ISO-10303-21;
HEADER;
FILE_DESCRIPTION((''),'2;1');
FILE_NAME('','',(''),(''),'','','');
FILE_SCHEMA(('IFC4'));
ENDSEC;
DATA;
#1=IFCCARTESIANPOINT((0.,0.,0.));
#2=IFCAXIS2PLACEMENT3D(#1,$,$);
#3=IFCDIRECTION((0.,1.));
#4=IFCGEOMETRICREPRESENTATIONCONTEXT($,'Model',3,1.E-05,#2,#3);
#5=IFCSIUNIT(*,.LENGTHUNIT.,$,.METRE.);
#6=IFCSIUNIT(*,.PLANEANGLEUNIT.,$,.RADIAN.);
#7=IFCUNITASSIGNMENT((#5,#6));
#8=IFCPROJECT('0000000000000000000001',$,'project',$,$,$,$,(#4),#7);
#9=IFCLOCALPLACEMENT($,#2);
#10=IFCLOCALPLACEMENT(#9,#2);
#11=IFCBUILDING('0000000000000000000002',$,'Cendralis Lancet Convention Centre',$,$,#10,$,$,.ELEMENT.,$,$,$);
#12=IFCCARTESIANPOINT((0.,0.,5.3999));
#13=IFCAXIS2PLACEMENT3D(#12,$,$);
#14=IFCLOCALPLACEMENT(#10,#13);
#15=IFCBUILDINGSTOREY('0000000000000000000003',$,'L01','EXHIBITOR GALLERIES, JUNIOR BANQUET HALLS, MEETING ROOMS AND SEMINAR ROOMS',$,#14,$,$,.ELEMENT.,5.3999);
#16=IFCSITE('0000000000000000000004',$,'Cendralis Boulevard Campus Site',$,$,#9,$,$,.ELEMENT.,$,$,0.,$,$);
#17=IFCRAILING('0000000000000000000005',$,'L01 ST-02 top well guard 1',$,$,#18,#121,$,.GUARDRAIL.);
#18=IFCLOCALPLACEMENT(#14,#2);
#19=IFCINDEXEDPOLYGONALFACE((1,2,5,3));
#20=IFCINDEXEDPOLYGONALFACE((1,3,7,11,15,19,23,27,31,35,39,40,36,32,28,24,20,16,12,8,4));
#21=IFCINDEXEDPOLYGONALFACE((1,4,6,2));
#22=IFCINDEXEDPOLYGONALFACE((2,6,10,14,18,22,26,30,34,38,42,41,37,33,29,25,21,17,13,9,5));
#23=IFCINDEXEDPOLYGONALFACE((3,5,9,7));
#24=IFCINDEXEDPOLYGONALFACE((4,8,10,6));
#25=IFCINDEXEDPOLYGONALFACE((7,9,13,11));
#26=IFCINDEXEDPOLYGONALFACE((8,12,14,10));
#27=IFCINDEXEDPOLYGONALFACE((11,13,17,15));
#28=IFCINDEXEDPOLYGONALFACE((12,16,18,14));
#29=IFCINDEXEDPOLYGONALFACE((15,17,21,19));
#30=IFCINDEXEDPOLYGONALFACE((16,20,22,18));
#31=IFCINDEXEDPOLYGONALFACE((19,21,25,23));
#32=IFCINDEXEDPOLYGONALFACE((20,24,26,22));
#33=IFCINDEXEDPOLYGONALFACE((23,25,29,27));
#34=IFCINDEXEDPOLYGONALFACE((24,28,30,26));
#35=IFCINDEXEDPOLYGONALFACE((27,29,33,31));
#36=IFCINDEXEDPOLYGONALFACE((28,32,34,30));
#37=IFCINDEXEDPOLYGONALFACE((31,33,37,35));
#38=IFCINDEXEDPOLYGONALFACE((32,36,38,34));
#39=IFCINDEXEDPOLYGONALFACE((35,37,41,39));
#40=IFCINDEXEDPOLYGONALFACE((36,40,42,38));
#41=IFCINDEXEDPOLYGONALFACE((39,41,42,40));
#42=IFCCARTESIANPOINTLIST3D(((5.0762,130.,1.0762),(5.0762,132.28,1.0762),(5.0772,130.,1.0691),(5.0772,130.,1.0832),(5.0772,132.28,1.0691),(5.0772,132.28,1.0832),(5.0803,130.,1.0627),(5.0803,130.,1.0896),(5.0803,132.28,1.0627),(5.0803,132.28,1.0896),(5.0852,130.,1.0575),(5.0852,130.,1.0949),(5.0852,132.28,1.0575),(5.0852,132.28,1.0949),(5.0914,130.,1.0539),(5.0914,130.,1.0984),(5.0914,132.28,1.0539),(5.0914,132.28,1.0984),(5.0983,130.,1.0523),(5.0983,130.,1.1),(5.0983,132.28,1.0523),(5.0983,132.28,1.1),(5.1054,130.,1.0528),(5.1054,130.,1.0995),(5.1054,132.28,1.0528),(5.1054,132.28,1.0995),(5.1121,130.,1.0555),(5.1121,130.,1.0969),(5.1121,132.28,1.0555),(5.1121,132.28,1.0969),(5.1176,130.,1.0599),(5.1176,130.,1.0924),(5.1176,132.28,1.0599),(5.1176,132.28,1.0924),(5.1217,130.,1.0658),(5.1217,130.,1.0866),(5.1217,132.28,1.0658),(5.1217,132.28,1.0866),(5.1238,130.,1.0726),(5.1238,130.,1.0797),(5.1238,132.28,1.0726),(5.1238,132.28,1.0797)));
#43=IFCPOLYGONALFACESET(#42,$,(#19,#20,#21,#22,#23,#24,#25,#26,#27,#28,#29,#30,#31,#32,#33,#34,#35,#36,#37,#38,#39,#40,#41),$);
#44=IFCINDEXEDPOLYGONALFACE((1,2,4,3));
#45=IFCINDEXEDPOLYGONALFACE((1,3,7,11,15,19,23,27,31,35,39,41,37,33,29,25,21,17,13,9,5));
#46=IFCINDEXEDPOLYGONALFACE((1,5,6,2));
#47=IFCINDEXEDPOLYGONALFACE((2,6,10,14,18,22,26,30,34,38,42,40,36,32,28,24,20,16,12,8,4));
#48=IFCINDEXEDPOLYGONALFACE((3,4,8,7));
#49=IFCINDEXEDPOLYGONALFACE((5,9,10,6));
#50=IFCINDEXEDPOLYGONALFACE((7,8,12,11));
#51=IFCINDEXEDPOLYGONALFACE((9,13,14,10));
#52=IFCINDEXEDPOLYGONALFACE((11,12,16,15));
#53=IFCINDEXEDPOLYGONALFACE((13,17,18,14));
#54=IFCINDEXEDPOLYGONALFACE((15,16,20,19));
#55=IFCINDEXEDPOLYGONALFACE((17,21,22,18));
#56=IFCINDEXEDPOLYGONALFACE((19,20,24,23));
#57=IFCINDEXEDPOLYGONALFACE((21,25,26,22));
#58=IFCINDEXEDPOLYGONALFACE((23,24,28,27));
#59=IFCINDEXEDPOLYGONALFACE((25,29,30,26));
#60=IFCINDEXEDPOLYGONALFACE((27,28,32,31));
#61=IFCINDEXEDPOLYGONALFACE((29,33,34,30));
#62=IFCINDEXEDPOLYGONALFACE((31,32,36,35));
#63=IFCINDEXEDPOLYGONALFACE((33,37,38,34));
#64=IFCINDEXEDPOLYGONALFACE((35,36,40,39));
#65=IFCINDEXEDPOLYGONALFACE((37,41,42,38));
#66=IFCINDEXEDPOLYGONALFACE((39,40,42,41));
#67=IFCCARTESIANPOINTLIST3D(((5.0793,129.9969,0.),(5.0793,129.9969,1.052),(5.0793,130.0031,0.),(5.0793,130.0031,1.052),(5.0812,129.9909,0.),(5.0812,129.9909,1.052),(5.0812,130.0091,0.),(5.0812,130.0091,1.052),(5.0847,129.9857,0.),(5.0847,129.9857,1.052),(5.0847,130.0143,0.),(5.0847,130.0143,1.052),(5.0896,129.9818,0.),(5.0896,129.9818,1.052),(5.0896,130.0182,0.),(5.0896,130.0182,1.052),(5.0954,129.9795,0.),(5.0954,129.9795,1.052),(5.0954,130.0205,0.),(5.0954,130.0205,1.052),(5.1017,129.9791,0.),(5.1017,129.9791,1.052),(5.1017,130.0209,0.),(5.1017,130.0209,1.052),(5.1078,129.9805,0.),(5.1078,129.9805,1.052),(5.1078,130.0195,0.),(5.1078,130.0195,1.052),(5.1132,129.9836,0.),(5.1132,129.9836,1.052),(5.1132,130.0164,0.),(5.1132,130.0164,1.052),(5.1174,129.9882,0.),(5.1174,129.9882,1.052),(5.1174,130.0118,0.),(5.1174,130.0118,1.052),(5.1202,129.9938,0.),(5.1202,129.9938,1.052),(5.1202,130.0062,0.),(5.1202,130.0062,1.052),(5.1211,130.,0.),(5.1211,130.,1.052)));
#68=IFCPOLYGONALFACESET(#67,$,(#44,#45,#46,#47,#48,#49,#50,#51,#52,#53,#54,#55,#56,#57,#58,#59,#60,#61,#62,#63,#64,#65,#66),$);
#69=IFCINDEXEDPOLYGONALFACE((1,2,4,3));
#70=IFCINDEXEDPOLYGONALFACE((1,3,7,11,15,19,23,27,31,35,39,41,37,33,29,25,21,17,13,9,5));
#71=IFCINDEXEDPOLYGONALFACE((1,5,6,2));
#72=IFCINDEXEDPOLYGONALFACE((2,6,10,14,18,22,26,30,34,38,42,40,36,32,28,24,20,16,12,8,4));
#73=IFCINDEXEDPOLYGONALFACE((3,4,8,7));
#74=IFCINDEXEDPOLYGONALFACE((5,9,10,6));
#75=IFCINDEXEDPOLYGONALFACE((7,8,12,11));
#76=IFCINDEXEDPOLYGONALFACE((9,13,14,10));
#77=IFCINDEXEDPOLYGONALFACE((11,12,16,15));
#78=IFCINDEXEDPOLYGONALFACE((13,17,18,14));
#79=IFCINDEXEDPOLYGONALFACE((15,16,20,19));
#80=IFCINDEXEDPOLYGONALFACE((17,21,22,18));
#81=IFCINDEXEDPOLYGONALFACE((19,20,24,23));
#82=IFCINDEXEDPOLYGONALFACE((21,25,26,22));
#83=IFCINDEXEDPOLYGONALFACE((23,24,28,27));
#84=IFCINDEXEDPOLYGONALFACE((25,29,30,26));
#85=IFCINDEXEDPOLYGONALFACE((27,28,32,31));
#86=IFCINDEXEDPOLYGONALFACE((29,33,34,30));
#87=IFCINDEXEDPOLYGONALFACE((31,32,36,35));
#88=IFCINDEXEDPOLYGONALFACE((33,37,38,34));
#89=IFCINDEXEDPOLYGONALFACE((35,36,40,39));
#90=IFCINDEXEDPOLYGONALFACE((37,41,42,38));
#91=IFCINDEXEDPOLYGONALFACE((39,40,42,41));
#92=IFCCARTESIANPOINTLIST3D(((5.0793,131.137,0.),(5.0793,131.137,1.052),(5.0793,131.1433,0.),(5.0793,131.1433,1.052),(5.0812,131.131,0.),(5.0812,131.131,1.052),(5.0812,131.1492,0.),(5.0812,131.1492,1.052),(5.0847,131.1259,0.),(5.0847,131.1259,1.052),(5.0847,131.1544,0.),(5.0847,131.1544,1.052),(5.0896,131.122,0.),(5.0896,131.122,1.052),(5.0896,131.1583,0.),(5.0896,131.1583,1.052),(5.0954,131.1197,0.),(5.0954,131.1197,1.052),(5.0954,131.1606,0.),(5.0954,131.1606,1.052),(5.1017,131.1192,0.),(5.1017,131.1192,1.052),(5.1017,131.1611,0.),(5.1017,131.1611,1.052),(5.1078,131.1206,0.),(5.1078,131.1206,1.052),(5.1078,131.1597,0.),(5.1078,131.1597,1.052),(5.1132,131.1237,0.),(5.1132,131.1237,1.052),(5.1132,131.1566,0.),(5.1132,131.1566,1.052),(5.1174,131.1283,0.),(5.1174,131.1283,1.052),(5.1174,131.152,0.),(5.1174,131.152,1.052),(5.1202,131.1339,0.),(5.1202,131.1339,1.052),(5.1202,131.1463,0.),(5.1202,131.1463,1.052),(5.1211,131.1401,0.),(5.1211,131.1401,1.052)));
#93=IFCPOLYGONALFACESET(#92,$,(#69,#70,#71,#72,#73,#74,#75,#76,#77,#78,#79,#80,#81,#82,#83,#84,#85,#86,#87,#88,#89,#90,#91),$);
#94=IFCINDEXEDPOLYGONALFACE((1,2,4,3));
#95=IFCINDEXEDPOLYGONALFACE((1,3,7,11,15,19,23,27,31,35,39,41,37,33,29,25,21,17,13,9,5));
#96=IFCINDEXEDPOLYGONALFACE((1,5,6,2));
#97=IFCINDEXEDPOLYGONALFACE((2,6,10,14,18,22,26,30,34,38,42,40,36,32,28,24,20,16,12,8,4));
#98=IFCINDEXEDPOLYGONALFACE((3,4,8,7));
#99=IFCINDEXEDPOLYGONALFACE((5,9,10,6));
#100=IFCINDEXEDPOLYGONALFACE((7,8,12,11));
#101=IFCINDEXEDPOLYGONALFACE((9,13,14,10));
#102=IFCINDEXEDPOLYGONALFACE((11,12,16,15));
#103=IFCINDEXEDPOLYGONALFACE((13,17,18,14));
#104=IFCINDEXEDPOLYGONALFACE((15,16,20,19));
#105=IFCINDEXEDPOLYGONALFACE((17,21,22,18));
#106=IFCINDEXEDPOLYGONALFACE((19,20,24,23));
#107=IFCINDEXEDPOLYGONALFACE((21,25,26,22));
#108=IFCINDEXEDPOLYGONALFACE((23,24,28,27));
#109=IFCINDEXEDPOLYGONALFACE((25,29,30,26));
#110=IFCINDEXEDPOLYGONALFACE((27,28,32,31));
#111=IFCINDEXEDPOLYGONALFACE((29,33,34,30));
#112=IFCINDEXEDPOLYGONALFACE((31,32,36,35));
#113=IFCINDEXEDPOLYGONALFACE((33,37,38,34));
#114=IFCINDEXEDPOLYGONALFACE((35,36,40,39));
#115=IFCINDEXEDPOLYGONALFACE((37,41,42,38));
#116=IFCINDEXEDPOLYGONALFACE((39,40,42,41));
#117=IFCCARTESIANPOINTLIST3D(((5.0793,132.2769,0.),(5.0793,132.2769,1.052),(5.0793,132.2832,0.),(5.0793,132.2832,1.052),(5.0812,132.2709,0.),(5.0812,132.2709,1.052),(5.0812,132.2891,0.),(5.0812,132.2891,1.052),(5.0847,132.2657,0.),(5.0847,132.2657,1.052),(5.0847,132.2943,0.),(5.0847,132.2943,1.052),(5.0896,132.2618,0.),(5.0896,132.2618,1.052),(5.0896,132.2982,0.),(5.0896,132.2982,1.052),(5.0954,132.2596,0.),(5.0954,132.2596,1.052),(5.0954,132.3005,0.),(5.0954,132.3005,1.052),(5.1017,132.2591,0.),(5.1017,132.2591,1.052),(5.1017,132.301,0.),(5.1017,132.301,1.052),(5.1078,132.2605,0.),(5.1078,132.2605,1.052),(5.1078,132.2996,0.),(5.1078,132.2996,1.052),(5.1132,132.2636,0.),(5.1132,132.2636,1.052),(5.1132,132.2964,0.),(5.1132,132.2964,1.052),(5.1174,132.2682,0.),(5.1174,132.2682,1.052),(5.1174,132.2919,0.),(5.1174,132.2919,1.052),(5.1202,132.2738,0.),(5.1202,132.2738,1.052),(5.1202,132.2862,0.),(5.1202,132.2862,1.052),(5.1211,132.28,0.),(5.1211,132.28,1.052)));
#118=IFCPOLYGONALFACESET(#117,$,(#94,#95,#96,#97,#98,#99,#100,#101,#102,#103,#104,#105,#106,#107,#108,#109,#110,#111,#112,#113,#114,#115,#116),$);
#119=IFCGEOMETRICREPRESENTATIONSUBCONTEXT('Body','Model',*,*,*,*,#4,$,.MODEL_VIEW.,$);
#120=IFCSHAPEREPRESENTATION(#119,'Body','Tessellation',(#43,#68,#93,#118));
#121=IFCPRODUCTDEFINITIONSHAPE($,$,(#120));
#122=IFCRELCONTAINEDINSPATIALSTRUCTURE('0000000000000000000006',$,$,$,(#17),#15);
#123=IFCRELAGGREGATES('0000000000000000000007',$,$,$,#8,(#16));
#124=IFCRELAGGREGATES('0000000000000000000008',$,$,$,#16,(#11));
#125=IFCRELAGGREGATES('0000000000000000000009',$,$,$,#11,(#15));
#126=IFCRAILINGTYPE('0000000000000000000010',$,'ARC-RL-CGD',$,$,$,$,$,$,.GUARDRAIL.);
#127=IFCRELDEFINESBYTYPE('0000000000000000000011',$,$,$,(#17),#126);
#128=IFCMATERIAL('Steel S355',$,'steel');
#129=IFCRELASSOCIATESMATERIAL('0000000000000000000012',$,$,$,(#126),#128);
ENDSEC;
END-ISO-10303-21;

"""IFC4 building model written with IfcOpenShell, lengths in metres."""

from ifc_helpers import new_model, si_unit, direction, frame, origin, origin_2d, place, context, subcontext, project, spatial, circle, extrude, material, type_object, element, save


model = new_model("IFC4")

# Units and contexts
model_context = context("Model", 3, precision=1e-05, world=origin(), true_north=direction((0.0, 1.0)))
body_context = subcontext(model_context, "Body", "Model", "MODEL_VIEW")
ifc_project = project(units=[si_unit("LENGTHUNIT", "METRE"), si_unit("PLANEANGLEUNIT", "RADIAN")], contexts=[model_context])

# Site, building, storey
site_placement = place(None, origin())
site = spatial("IfcSite", under=ifc_project, at=site_placement, Name="Cendralis Boulevard Campus Site", CompositionType="ELEMENT", RefElevation=0.0)
building_placement = place(site_placement, origin())
building = spatial("IfcBuilding", under=site, at=building_placement, Name="Cendralis Lancet Convention Centre", CompositionType="ELEMENT")
storey_placement = place(building_placement, frame((0.0, 0.0, 5.3999)))
storey = spatial("IfcBuildingStorey", under=building, at=storey_placement, Name="L01", Description="EXHIBITOR GALLERIES, JUNIOR BANQUET HALLS, MEETING ROOMS AND SEMINAR ROOMS", CompositionType="ELEMENT", Elevation=5.3999)

# Shared definitions
ifc_material_1 = material(Name="Steel S355", Category="steel")

# Railing
railing_type_1 = type_object("IfcRailingType", Name="ARC-RL-CGD", PredefinedType="GUARDRAIL", material=ifc_material_1)
railing_1_placement = place(storey_placement, frame((5.1001, 130.0, 0.0)))
element("IfcRailing", 1, at=railing_1_placement, inside=storey, type_object=railing_type_1, Name="L01 ST-02 top well guard 1", PredefinedType="GUARDRAIL", context=body_context, shape_type="SweptSolid", body=[
    extrude(circle(Radius=0.0239, at=origin_2d()), frame((0.0, 0.0, 1.0762), z_axis=(0.0, 1.0, 0.0), x_axis=(-1.0, 0.0, 0.0)), (0.0, 0.0, 1.0), 2.28),
    extrude(circle(Radius=0.021, at=origin_2d()), origin(), (0.0, 0.0, 1.0), 1.052),
    extrude(circle(Radius=0.021, at=origin_2d()), frame((0.0, 1.1401, 0.0)), (0.0, 0.0, 1.0), 1.052),
    extrude(circle(Radius=0.021, at=origin_2d()), frame((0.0, 2.28, 0.0)), (0.0, 0.0, 1.0), 1.052),
])

save(model, "model.ifc")
